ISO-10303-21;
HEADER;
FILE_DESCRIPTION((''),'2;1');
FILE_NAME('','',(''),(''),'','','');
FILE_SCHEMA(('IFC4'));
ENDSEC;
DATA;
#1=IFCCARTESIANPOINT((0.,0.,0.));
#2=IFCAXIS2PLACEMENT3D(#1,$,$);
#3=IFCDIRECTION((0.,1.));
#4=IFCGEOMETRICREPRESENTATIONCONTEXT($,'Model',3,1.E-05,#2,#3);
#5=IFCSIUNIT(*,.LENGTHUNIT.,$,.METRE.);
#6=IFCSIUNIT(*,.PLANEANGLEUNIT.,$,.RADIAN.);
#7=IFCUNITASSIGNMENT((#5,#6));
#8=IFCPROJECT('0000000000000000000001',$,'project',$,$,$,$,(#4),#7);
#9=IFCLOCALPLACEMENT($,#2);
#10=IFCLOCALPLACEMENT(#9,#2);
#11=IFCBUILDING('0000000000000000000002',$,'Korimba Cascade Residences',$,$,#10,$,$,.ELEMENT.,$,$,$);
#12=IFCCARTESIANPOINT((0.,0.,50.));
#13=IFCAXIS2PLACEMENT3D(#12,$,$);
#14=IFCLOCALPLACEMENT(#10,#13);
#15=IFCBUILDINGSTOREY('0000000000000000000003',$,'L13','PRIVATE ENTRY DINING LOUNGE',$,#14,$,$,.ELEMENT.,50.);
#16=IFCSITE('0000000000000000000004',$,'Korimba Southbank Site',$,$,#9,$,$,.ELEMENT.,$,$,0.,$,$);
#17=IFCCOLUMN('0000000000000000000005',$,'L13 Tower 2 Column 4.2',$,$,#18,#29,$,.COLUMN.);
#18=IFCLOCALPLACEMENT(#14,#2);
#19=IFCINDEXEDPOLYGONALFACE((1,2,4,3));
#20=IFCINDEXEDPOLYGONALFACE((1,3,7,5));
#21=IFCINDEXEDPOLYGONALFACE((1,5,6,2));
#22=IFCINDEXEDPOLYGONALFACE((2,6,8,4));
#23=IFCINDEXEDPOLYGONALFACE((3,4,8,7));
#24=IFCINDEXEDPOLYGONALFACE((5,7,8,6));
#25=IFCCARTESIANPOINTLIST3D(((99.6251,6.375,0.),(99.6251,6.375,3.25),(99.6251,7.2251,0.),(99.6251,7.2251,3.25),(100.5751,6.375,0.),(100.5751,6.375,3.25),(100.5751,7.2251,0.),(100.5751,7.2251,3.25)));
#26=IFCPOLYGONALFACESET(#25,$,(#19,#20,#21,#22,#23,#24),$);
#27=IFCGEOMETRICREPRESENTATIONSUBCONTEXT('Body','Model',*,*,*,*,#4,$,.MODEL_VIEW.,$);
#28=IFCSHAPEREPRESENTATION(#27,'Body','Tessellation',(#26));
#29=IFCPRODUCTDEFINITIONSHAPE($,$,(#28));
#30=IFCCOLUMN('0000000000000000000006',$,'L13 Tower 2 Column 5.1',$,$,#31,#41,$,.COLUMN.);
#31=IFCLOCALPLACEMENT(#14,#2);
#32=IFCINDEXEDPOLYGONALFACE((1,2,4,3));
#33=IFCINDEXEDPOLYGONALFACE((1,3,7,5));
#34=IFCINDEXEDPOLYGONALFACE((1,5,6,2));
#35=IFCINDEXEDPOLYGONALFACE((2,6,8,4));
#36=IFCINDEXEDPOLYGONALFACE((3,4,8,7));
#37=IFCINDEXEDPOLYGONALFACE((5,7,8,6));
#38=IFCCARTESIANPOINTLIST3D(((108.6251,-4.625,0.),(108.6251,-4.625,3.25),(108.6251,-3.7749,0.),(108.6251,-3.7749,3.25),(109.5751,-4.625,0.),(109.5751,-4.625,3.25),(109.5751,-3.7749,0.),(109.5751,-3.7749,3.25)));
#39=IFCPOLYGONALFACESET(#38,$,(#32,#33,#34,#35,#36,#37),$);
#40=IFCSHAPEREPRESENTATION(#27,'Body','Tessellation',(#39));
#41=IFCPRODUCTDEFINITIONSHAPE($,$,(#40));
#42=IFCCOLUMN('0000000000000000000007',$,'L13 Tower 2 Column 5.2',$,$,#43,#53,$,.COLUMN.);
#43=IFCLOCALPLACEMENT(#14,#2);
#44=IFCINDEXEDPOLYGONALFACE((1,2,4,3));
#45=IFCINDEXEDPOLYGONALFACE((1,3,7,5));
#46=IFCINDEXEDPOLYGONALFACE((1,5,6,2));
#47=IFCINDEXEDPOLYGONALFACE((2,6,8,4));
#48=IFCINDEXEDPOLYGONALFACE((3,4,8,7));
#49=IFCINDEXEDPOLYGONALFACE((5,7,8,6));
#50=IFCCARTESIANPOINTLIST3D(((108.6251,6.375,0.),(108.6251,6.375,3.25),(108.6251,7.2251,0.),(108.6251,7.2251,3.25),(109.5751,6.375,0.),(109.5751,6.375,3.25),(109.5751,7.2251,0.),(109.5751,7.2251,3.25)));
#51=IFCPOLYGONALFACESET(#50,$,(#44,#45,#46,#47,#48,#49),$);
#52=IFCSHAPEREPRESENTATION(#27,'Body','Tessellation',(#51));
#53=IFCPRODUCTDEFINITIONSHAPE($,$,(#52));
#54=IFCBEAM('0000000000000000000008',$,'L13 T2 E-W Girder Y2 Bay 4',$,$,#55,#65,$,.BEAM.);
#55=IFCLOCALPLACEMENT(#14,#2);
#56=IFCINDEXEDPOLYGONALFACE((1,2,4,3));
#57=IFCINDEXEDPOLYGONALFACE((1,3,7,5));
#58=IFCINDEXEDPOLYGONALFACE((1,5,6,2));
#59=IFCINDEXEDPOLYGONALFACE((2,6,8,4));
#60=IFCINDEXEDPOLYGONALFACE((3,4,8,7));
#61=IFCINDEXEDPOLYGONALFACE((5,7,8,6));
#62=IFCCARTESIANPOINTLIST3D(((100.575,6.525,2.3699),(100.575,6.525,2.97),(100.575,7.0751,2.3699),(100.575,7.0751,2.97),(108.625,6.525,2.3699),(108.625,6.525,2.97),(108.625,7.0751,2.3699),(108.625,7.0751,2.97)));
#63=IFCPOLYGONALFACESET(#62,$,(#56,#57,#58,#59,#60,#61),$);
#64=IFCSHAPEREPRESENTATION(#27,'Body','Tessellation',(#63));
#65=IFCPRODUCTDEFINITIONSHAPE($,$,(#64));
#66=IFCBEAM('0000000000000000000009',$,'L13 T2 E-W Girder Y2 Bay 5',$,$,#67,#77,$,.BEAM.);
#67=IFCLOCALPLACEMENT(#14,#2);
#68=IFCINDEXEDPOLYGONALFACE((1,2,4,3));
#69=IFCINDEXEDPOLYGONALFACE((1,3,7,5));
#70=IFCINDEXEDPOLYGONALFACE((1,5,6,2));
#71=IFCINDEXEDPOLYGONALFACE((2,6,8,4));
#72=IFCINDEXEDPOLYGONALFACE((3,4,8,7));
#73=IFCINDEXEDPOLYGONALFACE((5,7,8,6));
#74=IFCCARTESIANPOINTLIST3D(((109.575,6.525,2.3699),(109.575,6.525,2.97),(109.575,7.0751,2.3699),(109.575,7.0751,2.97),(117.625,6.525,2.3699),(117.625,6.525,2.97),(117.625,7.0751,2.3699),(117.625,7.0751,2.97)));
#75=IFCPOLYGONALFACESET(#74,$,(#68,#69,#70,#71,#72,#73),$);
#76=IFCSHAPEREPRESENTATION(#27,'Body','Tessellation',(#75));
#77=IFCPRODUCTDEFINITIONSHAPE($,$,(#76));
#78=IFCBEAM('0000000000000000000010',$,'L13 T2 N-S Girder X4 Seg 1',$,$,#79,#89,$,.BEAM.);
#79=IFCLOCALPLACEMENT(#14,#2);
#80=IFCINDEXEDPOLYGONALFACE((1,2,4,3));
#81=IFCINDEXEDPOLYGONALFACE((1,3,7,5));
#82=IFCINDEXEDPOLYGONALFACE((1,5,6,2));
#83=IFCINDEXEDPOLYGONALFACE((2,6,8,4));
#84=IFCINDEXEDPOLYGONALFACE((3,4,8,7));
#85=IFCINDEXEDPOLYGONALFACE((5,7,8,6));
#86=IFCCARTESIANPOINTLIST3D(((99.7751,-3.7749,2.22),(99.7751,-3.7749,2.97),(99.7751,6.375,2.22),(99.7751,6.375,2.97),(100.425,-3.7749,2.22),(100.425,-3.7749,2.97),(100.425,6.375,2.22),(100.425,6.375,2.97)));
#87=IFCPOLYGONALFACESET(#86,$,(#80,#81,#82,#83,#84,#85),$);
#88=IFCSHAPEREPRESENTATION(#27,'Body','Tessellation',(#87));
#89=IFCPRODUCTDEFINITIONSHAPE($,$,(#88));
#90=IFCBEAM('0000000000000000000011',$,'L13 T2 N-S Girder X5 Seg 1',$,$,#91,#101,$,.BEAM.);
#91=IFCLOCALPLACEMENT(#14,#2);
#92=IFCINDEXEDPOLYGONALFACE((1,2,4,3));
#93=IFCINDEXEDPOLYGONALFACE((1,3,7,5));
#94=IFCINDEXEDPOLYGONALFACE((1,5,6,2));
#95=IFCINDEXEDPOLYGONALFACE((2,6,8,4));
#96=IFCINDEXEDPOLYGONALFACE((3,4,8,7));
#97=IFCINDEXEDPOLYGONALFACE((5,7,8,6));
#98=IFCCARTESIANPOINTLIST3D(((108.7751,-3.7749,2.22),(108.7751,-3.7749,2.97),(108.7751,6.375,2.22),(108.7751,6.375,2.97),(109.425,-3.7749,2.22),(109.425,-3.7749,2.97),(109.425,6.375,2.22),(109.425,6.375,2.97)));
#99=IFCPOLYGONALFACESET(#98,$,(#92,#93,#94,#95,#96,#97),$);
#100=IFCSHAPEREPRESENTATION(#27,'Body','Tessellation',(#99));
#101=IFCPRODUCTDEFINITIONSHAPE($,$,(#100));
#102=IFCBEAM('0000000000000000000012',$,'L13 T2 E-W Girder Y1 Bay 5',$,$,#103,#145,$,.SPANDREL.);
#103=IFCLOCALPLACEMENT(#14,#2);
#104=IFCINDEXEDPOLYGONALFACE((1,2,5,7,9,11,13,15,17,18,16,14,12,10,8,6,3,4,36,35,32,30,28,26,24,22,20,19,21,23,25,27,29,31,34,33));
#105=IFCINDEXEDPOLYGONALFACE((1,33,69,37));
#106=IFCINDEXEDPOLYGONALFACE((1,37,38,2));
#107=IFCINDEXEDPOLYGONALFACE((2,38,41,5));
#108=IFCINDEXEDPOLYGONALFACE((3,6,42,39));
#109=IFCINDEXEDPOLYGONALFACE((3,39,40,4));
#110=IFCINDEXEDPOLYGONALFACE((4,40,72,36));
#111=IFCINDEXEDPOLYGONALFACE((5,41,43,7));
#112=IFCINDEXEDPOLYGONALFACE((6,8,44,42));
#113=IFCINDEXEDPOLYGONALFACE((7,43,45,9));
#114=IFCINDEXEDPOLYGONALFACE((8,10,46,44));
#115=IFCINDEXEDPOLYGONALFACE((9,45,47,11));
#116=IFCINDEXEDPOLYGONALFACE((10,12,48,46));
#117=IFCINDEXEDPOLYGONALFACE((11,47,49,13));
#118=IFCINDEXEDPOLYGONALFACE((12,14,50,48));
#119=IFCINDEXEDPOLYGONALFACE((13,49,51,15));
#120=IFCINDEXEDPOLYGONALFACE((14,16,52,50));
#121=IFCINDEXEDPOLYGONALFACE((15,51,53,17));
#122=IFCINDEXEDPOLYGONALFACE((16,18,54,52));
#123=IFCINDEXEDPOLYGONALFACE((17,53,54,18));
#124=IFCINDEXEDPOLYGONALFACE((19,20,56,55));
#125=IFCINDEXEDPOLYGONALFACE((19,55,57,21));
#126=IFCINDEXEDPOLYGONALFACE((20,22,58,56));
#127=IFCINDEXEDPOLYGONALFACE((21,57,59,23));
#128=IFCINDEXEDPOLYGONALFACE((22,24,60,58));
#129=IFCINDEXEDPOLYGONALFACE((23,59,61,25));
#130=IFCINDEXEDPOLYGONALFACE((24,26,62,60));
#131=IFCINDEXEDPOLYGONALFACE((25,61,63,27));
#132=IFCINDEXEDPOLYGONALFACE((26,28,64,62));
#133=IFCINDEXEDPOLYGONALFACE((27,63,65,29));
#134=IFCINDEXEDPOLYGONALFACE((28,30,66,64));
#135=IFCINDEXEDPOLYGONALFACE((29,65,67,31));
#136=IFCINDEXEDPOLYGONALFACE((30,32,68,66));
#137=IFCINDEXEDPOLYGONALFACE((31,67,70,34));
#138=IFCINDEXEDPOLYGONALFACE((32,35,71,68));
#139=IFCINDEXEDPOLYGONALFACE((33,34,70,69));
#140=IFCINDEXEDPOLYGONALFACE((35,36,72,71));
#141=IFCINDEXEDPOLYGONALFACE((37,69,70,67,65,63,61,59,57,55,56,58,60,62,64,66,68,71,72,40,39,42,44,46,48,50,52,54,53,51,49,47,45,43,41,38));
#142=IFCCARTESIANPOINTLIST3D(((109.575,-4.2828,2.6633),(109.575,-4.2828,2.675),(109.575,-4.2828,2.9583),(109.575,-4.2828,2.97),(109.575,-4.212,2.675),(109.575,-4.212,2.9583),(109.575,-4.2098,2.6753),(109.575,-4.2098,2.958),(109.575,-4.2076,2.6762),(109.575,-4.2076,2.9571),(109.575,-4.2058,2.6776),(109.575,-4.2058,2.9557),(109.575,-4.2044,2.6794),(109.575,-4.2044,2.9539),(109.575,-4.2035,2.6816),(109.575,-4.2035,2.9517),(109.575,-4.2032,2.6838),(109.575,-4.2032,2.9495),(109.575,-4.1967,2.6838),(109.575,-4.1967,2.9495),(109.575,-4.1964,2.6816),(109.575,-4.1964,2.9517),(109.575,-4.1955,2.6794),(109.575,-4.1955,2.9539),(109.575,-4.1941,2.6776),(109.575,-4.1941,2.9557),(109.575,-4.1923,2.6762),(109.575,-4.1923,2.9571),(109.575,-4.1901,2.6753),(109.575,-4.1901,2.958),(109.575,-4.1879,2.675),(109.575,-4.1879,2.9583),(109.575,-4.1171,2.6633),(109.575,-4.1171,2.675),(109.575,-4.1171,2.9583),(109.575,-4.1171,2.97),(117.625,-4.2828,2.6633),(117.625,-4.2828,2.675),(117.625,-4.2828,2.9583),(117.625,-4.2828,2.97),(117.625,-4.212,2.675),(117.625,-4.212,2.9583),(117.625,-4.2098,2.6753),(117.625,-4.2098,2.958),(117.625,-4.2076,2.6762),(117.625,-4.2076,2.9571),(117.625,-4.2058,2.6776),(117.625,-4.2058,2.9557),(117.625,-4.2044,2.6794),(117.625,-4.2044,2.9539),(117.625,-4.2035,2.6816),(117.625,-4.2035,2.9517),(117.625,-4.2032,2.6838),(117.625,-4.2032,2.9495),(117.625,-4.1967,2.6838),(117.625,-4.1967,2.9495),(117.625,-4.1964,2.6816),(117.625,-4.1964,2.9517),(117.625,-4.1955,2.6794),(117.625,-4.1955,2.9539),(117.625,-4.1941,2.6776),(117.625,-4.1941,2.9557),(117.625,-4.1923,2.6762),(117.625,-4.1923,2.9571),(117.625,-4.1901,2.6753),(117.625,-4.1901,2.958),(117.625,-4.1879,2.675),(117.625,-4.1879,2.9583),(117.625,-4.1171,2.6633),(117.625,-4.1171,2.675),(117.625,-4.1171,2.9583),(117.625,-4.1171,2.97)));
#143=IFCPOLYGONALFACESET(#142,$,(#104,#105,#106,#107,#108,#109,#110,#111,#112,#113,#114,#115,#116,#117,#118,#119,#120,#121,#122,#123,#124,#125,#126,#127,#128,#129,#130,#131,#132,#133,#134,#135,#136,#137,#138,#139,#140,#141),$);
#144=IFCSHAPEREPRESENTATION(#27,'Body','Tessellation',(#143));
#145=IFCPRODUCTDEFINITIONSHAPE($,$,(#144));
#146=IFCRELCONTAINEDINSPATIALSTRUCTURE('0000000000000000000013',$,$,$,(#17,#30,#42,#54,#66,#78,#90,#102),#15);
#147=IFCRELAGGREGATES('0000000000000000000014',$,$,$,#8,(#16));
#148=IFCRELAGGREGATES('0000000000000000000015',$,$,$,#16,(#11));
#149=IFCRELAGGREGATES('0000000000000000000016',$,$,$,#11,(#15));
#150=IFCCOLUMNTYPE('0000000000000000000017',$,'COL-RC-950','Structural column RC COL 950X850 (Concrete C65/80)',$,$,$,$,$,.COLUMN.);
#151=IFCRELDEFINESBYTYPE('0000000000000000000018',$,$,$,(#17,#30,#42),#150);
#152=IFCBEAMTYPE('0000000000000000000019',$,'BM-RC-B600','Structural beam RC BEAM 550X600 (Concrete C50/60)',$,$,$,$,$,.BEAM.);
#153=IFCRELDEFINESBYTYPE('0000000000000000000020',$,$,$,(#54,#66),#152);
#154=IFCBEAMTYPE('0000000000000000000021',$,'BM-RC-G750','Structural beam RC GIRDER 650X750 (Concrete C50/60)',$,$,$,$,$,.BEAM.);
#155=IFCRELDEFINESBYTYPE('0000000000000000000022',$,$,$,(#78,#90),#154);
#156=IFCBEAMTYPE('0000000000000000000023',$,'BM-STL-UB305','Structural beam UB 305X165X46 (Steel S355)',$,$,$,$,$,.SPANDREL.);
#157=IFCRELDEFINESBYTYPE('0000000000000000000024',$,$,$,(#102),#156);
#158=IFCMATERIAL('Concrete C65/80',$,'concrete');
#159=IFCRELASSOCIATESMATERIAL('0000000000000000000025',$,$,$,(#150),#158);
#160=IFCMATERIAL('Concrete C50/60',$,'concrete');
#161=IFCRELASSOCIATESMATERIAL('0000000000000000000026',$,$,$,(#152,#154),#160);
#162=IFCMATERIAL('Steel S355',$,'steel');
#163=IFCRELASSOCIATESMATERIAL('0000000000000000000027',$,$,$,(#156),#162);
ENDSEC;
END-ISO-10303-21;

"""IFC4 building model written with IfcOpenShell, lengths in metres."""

from ifc_helpers import new_model, si_unit, direction, frame, origin, origin_2d, place, context, subcontext, project, spatial, rectangle, i_section, extrude, material, material_profile, profile_set, type_object, element, save


model = new_model("IFC4")

# Units and contexts
model_context = context("Model", 3, precision=1e-05, world=origin(), true_north=direction((0.0, 1.0)))
body_context = subcontext(model_context, "Body", "Model", "MODEL_VIEW")
ifc_project = project(units=[si_unit("LENGTHUNIT", "METRE"), si_unit("PLANEANGLEUNIT", "RADIAN")], contexts=[model_context])

# Site, building, storey
site_placement = place(None, origin())
site = spatial("IfcSite", under=ifc_project, at=site_placement, Name="Korimba Southbank Site", CompositionType="ELEMENT", RefElevation=0.0)
building_placement = place(site_placement, origin())
building = spatial("IfcBuilding", under=site, at=building_placement, Name="Korimba Cascade Residences", CompositionType="ELEMENT")
storey_placement = place(building_placement, frame((0.0, 0.0, 50.0)))
storey = spatial("IfcBuildingStorey", under=building, at=storey_placement, Name="L13", Description="PRIVATE ENTRY DINING LOUNGE", CompositionType="ELEMENT", Elevation=50.0)

# Columns
ifc_material_1 = material(Name="Concrete C65/80", Category="concrete")
ifc_material_profile_1 = material_profile(ifc_material_1, rectangle(XDim=0.95, YDim=0.8501, at=origin_2d()), Name="Concrete C65/80")
ifc_profile_set_1 = profile_set([ifc_material_profile_1], Name="Concrete C65/80")
column_type = type_object("IfcColumnType", Name="COL-RC-950", Description="Structural column RC COL 950X850 (Concrete C65/80)", PredefinedType="COLUMN", material=ifc_profile_set_1)
for number, where, z_axis, x_axis, name in (
    (1, (100.1001, 6.8, 0.0), (0.0, 0.0, 1.0), (1.0, 0.0, 0.0), "L13 Tower 2 Column 4.2"),
    (2, (109.1001, -4.2, 0.0), (0.0, 0.0, 1.0), (1.0, 0.0, 0.0), "L13 Tower 2 Column 5.1"),
    (3, (109.1001, 6.8, 0.0), (0.0, 0.0, 1.0), (1.0, 0.0, 0.0), "L13 Tower 2 Column 5.2"),
):
    element("IfcColumn", number, at=place(storey_placement, frame(where, z_axis=z_axis, x_axis=x_axis)), inside=storey, type_object=column_type, Name=name, PredefinedType="COLUMN", context=body_context, shape_type="SweptSolid", body=[
        extrude(rectangle(XDim=0.95, YDim=0.8501, at=origin_2d()), origin(), (0.0, 0.0, 1.0), 3.25),
    ])

# Beams
ifc_material_2 = material(Name="Concrete C50/60", Category="concrete")
ifc_material_profile_2 = material_profile(ifc_material_2, rectangle(XDim=0.55, YDim=0.6001, at=origin_2d()), Name="Concrete C50/60")
ifc_profile_set_2 = profile_set([ifc_material_profile_2], Name="Concrete C50/60")
beam_type_1 = type_object("IfcBeamType", Name="BM-RC-B600", Description="Structural beam RC BEAM 550X600 (Concrete C50/60)", PredefinedType="BEAM", material=ifc_profile_set_2)
for number, where, z_axis, x_axis, name in (
    (4, (100.575, 6.8, 2.6699), (1.0, 0.0, 0.0), (0.0, 1.0, 0.0), "L13 T2 E-W Girder Y2 Bay 4"),
    (5, (109.575, 6.8, 2.6699), (1.0, 0.0, 0.0), (0.0, 1.0, 0.0), "L13 T2 E-W Girder Y2 Bay 5"),
):
    element("IfcBeam", number, at=place(storey_placement, frame(where, z_axis=z_axis, x_axis=x_axis)), inside=storey, type_object=beam_type_1, Name=name, PredefinedType="BEAM", context=body_context, shape_type="SweptSolid", body=[
        extrude(rectangle(XDim=0.55, YDim=0.6001, at=origin_2d()), origin(), (0.0, 0.0, 1.0), 8.05),
    ])
ifc_material_profile_3 = material_profile(ifc_material_2, rectangle(XDim=0.6499, YDim=0.75, at=origin_2d()), Name="Concrete C50/60")
ifc_profile_set_3 = profile_set([ifc_material_profile_3], Name="Concrete C50/60")
beam_type_2 = type_object("IfcBeamType", Name="BM-RC-G750", Description="Structural beam RC GIRDER 650X750 (Concrete C50/60)", PredefinedType="BEAM", material=ifc_profile_set_3)
for number, where, z_axis, x_axis, name in (
    (6, (100.1001, -3.7749, 2.595), (0.0, 1.0, 0.0), (-1.0, 0.0, 0.0), "L13 T2 N-S Girder X4 Seg 1"),
    (7, (109.1001, -3.7749, 2.595), (0.0, 1.0, 0.0), (-1.0, 0.0, 0.0), "L13 T2 N-S Girder X5 Seg 1"),
):
    element("IfcBeam", number, at=place(storey_placement, frame(where, z_axis=z_axis, x_axis=x_axis)), inside=storey, type_object=beam_type_2, Name=name, PredefinedType="BEAM", context=body_context, shape_type="SweptSolid", body=[
        extrude(rectangle(XDim=0.6499, YDim=0.75, at=origin_2d()), origin(), (0.0, 0.0, 1.0), 10.1499),
    ])
ifc_material_3 = material(Name="Steel S355", Category="steel")
ifc_material_profile_4 = material_profile(ifc_material_3, i_section(OverallWidth=0.1658, OverallDepth=0.3066, WebThickness=0.0066, FlangeThickness=0.0117, FilletRadius=0.0088, at=origin_2d()), Name="Steel S355")
ifc_profile_set_4 = profile_set([ifc_material_profile_4], Name="Steel S355")
beam_type_3 = type_object("IfcBeamType", Name="BM-STL-UB305", Description="Structural beam UB 305X165X46 (Steel S355)", PredefinedType="SPANDREL", material=ifc_profile_set_4)
beam_placement = place(storey_placement, frame((109.575, -4.2, 2.8167), z_axis=(1.0, 0.0, 0.0), x_axis=(0.0, 1.0, 0.0)))
element("IfcBeam", 8, at=beam_placement, inside=storey, type_object=beam_type_3, Name="L13 T2 E-W Girder Y1 Bay 5", PredefinedType="SPANDREL", context=body_context, shape_type="SweptSolid", body=[
    extrude(i_section(OverallWidth=0.1658, OverallDepth=0.3066, WebThickness=0.0066, FlangeThickness=0.0117, FilletRadius=0.0088, at=origin_2d()), origin(), (0.0, 0.0, 1.0), 8.05),
])

save(model, "model.ifc")
